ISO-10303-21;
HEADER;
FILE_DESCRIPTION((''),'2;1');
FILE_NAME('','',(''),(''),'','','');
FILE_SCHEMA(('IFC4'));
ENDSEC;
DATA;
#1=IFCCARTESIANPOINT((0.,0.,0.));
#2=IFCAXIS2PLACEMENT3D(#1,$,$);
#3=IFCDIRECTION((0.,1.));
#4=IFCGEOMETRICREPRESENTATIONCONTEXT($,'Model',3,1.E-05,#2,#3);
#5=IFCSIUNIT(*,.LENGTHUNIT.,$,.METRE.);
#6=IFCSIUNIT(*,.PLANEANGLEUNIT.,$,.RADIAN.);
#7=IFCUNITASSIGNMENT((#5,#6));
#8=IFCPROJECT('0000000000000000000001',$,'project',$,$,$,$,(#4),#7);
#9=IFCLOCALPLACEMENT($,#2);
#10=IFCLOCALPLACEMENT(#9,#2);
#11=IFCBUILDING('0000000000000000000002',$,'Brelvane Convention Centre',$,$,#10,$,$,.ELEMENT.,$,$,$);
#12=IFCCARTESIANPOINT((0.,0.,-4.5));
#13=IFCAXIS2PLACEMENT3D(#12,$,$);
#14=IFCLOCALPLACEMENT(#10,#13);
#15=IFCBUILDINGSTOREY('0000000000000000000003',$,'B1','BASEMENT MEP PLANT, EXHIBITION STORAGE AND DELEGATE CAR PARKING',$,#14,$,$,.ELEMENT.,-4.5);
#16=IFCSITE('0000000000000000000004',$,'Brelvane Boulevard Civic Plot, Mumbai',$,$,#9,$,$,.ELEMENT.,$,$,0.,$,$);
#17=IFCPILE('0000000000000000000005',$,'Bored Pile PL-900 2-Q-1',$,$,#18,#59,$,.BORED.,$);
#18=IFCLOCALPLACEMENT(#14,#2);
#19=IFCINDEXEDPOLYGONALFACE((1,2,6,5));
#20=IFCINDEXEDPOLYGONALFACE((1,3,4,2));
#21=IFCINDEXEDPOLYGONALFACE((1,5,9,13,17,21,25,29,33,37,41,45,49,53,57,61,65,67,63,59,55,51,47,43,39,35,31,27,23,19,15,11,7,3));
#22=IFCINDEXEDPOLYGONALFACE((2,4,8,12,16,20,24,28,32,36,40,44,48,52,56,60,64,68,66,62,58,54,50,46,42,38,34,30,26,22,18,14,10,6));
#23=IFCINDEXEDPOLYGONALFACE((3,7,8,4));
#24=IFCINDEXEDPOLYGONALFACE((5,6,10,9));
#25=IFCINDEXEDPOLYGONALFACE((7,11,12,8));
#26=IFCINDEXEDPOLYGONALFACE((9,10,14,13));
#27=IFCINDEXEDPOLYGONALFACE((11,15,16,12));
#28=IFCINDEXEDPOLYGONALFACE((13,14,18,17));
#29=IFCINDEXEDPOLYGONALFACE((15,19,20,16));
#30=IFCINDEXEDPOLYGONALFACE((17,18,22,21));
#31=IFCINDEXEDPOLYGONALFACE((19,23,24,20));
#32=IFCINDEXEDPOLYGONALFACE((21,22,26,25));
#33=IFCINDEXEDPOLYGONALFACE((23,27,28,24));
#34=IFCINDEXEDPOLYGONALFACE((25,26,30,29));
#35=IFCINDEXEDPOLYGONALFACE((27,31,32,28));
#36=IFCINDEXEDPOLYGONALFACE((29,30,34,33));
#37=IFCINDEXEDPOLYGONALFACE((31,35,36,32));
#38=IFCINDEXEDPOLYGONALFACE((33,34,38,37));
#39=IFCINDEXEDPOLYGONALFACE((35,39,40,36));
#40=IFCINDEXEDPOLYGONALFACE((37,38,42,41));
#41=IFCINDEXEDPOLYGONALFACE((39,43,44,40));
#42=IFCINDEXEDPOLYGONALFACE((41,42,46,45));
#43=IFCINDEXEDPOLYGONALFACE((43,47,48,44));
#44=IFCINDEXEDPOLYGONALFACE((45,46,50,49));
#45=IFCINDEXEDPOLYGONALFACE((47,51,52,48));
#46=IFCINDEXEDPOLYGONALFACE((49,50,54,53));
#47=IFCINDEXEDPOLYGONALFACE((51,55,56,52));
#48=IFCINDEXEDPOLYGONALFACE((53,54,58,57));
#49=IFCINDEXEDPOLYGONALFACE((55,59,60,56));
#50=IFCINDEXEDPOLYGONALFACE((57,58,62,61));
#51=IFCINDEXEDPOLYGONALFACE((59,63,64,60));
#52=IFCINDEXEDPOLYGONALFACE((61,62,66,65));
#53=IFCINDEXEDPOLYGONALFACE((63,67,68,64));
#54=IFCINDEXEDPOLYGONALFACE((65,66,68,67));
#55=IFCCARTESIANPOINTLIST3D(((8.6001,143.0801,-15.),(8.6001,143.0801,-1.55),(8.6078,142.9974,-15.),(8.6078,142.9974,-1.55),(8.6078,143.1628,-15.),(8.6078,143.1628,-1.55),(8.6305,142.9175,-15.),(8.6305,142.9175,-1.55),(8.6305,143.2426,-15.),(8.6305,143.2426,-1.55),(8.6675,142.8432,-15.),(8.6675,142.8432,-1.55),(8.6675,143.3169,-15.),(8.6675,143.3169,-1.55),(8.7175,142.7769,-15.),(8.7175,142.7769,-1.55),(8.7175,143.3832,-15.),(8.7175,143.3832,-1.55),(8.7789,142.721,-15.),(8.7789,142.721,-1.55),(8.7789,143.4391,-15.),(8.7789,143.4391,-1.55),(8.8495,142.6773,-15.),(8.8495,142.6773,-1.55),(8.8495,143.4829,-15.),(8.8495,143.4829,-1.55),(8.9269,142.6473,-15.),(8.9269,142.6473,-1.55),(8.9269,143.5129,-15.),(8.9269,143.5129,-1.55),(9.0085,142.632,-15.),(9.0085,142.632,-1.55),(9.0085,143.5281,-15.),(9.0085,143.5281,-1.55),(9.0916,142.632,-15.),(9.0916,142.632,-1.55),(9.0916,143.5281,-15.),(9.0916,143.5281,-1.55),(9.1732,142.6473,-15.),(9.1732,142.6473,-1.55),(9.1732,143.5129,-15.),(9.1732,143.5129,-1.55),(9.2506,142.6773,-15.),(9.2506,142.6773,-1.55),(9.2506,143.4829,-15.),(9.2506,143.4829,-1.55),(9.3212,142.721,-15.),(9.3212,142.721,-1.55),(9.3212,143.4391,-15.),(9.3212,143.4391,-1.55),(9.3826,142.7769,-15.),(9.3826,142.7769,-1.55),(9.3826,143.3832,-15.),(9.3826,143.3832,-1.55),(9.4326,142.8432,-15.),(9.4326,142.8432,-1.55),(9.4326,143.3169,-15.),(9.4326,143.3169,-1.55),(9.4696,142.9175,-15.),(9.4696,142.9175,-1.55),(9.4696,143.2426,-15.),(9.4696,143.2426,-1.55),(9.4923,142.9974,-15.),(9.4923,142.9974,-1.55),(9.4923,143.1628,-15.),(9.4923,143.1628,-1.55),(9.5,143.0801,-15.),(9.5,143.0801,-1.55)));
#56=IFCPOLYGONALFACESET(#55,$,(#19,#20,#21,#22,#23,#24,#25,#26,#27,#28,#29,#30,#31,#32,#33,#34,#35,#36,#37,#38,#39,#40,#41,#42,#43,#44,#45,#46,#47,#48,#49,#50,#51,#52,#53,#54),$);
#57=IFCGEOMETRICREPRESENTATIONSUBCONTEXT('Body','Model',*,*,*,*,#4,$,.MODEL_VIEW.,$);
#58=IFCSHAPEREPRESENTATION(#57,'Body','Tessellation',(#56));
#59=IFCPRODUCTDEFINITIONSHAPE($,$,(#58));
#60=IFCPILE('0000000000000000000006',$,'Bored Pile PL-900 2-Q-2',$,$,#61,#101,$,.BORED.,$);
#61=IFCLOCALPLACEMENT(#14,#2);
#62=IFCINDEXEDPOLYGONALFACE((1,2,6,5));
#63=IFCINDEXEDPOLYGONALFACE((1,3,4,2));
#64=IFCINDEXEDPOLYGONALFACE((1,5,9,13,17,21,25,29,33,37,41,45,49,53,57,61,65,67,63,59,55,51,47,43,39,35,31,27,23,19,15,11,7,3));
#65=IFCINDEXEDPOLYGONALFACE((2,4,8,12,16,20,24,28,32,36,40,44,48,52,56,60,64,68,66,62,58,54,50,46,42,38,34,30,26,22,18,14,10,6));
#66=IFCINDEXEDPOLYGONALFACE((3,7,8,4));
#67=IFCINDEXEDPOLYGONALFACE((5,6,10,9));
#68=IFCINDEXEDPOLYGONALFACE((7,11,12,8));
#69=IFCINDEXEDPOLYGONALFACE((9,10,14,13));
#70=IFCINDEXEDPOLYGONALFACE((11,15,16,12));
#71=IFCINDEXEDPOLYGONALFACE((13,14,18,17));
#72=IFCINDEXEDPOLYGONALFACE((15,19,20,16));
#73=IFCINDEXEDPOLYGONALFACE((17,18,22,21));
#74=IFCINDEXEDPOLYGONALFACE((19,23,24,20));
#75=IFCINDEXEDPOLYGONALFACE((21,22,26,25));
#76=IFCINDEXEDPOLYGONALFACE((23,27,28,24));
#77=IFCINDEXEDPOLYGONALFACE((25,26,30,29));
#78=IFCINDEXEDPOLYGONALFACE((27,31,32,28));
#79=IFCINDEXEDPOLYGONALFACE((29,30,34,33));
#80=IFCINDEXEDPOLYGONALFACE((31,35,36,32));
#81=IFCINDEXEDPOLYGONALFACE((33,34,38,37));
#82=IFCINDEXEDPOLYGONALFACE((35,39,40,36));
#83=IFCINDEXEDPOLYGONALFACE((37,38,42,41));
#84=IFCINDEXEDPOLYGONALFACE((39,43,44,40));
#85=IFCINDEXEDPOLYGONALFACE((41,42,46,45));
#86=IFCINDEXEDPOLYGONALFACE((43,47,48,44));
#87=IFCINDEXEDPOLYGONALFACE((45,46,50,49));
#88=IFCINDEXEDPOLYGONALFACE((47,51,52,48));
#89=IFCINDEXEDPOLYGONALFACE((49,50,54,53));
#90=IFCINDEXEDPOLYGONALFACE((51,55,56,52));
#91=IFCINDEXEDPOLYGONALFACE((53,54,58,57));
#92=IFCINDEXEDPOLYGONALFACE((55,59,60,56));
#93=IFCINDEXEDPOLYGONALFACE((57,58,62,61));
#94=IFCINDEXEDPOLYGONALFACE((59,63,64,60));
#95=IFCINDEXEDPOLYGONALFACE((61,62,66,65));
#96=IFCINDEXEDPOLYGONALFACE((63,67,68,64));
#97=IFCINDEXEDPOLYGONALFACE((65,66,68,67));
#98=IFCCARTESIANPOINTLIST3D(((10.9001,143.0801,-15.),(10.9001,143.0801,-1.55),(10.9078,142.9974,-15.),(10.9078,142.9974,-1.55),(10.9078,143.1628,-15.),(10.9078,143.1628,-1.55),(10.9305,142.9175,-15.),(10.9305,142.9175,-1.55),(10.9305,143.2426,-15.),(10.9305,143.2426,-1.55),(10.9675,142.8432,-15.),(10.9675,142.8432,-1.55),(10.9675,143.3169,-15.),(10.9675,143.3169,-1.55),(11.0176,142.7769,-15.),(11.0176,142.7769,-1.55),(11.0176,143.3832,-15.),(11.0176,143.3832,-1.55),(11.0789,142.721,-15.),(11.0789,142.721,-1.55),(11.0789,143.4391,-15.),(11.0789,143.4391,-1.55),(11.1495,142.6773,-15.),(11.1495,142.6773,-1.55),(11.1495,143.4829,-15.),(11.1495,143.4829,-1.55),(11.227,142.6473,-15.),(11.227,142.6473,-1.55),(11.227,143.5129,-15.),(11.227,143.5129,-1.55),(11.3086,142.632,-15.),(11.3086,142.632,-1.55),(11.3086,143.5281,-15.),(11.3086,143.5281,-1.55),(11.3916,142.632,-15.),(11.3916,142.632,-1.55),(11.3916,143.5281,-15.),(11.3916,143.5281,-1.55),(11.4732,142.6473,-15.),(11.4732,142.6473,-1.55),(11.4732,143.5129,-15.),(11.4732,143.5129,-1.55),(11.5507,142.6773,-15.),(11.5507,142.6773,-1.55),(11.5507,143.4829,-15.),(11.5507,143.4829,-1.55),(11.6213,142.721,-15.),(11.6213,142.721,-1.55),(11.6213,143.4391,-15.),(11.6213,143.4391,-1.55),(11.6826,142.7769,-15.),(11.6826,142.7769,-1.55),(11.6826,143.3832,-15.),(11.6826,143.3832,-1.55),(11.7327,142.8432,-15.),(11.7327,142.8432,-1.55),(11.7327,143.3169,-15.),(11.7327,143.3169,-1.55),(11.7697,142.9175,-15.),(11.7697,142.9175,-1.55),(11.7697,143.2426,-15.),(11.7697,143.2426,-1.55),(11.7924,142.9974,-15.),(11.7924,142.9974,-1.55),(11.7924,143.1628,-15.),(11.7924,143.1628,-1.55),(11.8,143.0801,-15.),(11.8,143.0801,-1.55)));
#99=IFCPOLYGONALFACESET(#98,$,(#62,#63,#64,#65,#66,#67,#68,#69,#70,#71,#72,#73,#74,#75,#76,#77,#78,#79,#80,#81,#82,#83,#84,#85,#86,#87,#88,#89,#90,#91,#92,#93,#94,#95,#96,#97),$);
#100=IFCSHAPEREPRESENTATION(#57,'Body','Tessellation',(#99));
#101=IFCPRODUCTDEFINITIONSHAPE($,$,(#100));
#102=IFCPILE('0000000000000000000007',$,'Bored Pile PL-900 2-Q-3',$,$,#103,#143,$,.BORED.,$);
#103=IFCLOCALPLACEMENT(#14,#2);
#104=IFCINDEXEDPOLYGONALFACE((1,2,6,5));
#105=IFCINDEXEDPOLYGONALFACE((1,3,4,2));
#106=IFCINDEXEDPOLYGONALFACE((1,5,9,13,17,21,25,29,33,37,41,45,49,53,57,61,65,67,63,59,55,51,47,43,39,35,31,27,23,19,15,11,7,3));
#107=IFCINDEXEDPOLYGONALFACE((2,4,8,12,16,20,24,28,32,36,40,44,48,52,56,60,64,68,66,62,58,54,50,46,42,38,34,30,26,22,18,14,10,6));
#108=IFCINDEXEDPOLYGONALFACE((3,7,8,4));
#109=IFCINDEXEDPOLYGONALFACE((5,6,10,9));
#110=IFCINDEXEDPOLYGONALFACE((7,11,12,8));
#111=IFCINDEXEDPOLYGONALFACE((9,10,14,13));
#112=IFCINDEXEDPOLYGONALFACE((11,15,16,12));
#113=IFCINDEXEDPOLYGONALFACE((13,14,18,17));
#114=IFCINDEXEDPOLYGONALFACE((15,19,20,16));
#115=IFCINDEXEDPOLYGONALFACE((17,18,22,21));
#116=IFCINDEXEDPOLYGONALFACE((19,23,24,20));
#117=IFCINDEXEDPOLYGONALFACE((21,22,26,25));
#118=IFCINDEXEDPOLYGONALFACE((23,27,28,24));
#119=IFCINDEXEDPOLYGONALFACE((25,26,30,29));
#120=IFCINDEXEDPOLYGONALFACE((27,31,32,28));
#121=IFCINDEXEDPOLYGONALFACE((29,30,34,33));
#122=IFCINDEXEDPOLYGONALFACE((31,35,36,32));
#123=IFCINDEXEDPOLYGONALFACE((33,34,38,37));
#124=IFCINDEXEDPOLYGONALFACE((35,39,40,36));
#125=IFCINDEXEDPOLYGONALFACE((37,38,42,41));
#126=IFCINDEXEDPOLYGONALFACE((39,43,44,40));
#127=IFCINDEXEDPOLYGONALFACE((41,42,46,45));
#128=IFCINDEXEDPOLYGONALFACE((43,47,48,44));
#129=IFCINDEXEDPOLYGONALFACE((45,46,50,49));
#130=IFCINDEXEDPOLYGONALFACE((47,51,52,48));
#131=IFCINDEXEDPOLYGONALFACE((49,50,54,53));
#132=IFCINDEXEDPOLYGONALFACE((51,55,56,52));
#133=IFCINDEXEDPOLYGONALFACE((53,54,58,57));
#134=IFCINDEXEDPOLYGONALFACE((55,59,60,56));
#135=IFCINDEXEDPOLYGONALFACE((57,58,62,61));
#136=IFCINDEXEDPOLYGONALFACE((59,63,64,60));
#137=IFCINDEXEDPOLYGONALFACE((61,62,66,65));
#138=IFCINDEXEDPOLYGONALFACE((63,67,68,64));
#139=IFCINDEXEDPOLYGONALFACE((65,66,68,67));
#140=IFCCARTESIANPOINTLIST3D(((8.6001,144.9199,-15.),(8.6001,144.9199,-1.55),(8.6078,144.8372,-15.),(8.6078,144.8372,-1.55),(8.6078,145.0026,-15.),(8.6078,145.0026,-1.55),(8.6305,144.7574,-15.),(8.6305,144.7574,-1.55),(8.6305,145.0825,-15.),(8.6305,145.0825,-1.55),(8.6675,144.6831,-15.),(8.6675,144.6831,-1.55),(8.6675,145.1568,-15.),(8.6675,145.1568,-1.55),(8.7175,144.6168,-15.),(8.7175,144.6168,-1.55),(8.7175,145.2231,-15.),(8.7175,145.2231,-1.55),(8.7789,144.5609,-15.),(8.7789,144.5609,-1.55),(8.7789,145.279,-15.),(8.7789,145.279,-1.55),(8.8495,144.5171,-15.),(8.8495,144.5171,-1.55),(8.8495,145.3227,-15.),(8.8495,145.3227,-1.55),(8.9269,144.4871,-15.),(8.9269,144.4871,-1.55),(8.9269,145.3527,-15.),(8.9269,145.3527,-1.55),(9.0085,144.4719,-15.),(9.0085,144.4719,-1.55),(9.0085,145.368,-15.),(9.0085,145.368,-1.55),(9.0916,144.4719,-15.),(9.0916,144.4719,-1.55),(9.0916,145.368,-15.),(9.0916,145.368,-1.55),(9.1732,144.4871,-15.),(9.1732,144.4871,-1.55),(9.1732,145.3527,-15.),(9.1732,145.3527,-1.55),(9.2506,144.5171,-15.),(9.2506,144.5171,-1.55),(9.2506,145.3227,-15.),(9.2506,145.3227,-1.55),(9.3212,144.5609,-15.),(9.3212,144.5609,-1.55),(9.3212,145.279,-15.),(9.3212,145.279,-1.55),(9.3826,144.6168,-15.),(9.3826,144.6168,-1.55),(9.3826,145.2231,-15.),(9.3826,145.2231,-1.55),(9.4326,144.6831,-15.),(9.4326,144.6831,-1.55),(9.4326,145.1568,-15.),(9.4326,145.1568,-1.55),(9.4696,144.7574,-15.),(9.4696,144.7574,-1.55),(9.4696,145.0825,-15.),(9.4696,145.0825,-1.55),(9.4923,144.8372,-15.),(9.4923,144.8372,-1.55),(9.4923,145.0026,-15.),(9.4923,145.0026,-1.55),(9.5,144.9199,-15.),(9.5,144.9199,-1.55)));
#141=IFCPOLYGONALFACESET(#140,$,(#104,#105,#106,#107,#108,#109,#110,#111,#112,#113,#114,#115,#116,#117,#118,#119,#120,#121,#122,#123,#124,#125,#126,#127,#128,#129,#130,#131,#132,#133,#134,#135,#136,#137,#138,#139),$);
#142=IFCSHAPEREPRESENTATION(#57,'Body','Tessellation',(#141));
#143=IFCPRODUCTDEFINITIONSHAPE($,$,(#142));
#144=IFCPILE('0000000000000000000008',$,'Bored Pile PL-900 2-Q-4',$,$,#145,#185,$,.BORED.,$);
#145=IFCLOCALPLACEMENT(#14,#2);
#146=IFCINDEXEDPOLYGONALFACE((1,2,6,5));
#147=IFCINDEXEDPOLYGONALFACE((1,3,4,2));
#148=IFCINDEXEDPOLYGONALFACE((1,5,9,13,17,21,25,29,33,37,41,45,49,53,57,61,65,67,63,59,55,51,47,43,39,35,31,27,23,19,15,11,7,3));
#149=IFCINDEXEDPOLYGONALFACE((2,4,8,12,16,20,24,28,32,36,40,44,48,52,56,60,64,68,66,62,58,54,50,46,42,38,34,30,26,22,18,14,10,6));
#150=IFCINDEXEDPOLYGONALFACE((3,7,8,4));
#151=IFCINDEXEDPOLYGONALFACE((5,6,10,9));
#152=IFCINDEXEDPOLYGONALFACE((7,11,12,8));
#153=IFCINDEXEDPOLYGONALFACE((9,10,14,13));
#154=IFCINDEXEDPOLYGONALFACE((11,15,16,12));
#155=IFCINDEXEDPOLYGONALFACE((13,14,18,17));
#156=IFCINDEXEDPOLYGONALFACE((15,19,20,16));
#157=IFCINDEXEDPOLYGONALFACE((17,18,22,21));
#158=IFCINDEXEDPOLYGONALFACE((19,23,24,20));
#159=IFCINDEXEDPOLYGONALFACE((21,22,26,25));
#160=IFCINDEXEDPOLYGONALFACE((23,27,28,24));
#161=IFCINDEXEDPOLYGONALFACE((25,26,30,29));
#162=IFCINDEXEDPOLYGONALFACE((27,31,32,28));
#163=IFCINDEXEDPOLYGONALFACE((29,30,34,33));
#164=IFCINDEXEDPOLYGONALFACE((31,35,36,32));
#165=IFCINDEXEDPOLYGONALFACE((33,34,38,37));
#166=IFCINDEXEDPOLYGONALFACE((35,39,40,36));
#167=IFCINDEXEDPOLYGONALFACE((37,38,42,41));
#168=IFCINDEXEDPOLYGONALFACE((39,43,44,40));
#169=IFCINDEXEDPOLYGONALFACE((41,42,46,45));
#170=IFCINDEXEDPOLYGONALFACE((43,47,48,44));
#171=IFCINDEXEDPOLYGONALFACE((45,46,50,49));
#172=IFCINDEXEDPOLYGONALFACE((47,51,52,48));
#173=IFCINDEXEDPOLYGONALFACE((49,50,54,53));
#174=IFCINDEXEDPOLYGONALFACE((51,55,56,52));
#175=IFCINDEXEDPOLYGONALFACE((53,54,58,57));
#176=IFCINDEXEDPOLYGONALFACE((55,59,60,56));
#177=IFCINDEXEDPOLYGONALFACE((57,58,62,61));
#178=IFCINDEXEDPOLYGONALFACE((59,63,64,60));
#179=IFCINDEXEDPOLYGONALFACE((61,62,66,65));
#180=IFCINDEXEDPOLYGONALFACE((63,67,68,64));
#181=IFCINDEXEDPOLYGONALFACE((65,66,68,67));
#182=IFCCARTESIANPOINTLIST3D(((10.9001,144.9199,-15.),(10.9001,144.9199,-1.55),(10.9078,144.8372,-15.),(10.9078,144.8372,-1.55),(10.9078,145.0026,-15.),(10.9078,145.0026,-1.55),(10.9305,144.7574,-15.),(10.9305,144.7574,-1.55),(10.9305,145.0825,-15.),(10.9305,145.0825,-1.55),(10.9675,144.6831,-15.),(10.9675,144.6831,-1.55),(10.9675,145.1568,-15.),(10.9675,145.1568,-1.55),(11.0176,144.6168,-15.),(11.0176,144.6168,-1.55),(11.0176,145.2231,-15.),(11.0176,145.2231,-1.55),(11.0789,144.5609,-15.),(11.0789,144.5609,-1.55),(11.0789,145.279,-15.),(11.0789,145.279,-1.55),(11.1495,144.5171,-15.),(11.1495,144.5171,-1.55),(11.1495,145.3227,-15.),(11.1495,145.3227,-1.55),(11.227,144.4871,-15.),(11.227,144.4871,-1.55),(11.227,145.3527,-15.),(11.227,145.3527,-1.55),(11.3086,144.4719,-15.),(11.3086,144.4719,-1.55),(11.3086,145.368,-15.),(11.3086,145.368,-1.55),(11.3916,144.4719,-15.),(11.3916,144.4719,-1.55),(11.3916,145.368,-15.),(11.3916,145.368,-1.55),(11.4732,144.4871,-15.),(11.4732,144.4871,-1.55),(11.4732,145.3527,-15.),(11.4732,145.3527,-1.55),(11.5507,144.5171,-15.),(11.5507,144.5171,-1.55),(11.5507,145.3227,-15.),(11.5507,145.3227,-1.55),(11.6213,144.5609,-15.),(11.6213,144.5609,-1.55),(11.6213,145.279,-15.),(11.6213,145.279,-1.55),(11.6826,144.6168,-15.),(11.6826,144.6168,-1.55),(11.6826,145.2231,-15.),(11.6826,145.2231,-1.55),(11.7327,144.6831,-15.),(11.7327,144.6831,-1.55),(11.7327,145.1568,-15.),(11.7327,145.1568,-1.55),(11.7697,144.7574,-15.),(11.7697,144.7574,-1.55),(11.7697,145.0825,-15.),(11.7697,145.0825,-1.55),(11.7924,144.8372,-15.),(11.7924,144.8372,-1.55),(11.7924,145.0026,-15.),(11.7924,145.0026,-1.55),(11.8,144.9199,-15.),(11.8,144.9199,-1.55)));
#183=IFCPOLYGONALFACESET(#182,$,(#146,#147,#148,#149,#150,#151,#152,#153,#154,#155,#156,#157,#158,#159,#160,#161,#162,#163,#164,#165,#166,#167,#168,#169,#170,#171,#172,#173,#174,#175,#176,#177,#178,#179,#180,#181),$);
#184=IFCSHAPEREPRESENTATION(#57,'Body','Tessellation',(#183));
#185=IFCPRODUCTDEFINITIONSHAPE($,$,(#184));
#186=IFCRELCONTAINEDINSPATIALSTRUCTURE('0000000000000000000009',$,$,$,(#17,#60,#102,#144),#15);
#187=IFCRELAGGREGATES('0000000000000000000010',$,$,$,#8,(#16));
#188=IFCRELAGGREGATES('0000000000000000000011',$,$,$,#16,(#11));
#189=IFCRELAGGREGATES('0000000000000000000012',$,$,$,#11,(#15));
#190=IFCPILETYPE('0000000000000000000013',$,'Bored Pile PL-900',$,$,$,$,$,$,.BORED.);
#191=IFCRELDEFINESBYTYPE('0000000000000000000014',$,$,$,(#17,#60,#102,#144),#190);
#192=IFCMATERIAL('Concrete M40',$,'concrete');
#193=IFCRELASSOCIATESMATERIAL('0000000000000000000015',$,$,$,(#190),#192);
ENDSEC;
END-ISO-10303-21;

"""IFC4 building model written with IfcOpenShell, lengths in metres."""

from ifc_helpers import new_model, si_unit, direction, frame, origin, origin_2d, place, context, subcontext, project, spatial, circle, extrude, material, material_profile, profile_set, type_object, element, save


model = new_model("IFC4")

# Units and contexts
model_context = context("Model", 3, precision=1e-05, world=origin(), true_north=direction((0.0, 1.0)))
body_context = subcontext(model_context, "Body", "Model", "MODEL_VIEW")
ifc_project = project(units=[si_unit("LENGTHUNIT", "METRE"), si_unit("PLANEANGLEUNIT", "RADIAN")], contexts=[model_context])

# Site, building, storey
site_placement = place(None, origin())
site = spatial("IfcSite", under=ifc_project, at=site_placement, Name="Brelvane Boulevard Civic Plot, Mumbai", CompositionType="ELEMENT", RefElevation=0.0)
building_placement = place(site_placement, origin())
building = spatial("IfcBuilding", under=site, at=building_placement, Name="Brelvane Convention Centre", CompositionType="ELEMENT")
storey_placement = place(building_placement, frame((0.0, 0.0, -4.5)))
storey = spatial("IfcBuildingStorey", under=building, at=storey_placement, Name="B1", Description="BASEMENT MEP PLANT, EXHIBITION STORAGE AND DELEGATE CAR PARKING", CompositionType="ELEMENT", Elevation=-4.5)

# Piles
ifc_material_1 = material(Name="Concrete M40", Category="concrete")
ifc_material_profile_1 = material_profile(ifc_material_1, circle(Radius=0.45, at=origin_2d()), Name="PILE D900")
ifc_profile_set_1 = profile_set([ifc_material_profile_1], Name="Concrete M40")
pile_type = type_object("IfcPileType", Name="Bored Pile PL-900", PredefinedType="BORED", material=ifc_profile_set_1)
for number, where, z_axis, x_axis, name in (
    (1, (9.05, 143.0801, -1.55), (0.0, 0.0, -1.0), (1.0, 0.0, 0.0), "Bored Pile PL-900 2-Q-1"),
    (2, (11.3501, 143.0801, -1.55), (0.0, 0.0, -1.0), (1.0, 0.0, 0.0), "Bored Pile PL-900 2-Q-2"),
    (3, (9.05, 144.9199, -1.55), (0.0, 0.0, -1.0), (1.0, 0.0, 0.0), "Bored Pile PL-900 2-Q-3"),
    (4, (11.3501, 144.9199, -1.55), (0.0, 0.0, -1.0), (1.0, 0.0, 0.0), "Bored Pile PL-900 2-Q-4"),
):
    element("IfcPile", number, at=place(storey_placement, frame(where, z_axis=z_axis, x_axis=x_axis)), inside=storey, type_object=pile_type, Name=name, PredefinedType="BORED", context=body_context, shape_type="SweptSolid", body=[
        extrude(circle(Radius=0.45, at=origin_2d()), origin(), (0.0, 0.0, 1.0), 13.45),
    ])

save(model, "model.ifc")
